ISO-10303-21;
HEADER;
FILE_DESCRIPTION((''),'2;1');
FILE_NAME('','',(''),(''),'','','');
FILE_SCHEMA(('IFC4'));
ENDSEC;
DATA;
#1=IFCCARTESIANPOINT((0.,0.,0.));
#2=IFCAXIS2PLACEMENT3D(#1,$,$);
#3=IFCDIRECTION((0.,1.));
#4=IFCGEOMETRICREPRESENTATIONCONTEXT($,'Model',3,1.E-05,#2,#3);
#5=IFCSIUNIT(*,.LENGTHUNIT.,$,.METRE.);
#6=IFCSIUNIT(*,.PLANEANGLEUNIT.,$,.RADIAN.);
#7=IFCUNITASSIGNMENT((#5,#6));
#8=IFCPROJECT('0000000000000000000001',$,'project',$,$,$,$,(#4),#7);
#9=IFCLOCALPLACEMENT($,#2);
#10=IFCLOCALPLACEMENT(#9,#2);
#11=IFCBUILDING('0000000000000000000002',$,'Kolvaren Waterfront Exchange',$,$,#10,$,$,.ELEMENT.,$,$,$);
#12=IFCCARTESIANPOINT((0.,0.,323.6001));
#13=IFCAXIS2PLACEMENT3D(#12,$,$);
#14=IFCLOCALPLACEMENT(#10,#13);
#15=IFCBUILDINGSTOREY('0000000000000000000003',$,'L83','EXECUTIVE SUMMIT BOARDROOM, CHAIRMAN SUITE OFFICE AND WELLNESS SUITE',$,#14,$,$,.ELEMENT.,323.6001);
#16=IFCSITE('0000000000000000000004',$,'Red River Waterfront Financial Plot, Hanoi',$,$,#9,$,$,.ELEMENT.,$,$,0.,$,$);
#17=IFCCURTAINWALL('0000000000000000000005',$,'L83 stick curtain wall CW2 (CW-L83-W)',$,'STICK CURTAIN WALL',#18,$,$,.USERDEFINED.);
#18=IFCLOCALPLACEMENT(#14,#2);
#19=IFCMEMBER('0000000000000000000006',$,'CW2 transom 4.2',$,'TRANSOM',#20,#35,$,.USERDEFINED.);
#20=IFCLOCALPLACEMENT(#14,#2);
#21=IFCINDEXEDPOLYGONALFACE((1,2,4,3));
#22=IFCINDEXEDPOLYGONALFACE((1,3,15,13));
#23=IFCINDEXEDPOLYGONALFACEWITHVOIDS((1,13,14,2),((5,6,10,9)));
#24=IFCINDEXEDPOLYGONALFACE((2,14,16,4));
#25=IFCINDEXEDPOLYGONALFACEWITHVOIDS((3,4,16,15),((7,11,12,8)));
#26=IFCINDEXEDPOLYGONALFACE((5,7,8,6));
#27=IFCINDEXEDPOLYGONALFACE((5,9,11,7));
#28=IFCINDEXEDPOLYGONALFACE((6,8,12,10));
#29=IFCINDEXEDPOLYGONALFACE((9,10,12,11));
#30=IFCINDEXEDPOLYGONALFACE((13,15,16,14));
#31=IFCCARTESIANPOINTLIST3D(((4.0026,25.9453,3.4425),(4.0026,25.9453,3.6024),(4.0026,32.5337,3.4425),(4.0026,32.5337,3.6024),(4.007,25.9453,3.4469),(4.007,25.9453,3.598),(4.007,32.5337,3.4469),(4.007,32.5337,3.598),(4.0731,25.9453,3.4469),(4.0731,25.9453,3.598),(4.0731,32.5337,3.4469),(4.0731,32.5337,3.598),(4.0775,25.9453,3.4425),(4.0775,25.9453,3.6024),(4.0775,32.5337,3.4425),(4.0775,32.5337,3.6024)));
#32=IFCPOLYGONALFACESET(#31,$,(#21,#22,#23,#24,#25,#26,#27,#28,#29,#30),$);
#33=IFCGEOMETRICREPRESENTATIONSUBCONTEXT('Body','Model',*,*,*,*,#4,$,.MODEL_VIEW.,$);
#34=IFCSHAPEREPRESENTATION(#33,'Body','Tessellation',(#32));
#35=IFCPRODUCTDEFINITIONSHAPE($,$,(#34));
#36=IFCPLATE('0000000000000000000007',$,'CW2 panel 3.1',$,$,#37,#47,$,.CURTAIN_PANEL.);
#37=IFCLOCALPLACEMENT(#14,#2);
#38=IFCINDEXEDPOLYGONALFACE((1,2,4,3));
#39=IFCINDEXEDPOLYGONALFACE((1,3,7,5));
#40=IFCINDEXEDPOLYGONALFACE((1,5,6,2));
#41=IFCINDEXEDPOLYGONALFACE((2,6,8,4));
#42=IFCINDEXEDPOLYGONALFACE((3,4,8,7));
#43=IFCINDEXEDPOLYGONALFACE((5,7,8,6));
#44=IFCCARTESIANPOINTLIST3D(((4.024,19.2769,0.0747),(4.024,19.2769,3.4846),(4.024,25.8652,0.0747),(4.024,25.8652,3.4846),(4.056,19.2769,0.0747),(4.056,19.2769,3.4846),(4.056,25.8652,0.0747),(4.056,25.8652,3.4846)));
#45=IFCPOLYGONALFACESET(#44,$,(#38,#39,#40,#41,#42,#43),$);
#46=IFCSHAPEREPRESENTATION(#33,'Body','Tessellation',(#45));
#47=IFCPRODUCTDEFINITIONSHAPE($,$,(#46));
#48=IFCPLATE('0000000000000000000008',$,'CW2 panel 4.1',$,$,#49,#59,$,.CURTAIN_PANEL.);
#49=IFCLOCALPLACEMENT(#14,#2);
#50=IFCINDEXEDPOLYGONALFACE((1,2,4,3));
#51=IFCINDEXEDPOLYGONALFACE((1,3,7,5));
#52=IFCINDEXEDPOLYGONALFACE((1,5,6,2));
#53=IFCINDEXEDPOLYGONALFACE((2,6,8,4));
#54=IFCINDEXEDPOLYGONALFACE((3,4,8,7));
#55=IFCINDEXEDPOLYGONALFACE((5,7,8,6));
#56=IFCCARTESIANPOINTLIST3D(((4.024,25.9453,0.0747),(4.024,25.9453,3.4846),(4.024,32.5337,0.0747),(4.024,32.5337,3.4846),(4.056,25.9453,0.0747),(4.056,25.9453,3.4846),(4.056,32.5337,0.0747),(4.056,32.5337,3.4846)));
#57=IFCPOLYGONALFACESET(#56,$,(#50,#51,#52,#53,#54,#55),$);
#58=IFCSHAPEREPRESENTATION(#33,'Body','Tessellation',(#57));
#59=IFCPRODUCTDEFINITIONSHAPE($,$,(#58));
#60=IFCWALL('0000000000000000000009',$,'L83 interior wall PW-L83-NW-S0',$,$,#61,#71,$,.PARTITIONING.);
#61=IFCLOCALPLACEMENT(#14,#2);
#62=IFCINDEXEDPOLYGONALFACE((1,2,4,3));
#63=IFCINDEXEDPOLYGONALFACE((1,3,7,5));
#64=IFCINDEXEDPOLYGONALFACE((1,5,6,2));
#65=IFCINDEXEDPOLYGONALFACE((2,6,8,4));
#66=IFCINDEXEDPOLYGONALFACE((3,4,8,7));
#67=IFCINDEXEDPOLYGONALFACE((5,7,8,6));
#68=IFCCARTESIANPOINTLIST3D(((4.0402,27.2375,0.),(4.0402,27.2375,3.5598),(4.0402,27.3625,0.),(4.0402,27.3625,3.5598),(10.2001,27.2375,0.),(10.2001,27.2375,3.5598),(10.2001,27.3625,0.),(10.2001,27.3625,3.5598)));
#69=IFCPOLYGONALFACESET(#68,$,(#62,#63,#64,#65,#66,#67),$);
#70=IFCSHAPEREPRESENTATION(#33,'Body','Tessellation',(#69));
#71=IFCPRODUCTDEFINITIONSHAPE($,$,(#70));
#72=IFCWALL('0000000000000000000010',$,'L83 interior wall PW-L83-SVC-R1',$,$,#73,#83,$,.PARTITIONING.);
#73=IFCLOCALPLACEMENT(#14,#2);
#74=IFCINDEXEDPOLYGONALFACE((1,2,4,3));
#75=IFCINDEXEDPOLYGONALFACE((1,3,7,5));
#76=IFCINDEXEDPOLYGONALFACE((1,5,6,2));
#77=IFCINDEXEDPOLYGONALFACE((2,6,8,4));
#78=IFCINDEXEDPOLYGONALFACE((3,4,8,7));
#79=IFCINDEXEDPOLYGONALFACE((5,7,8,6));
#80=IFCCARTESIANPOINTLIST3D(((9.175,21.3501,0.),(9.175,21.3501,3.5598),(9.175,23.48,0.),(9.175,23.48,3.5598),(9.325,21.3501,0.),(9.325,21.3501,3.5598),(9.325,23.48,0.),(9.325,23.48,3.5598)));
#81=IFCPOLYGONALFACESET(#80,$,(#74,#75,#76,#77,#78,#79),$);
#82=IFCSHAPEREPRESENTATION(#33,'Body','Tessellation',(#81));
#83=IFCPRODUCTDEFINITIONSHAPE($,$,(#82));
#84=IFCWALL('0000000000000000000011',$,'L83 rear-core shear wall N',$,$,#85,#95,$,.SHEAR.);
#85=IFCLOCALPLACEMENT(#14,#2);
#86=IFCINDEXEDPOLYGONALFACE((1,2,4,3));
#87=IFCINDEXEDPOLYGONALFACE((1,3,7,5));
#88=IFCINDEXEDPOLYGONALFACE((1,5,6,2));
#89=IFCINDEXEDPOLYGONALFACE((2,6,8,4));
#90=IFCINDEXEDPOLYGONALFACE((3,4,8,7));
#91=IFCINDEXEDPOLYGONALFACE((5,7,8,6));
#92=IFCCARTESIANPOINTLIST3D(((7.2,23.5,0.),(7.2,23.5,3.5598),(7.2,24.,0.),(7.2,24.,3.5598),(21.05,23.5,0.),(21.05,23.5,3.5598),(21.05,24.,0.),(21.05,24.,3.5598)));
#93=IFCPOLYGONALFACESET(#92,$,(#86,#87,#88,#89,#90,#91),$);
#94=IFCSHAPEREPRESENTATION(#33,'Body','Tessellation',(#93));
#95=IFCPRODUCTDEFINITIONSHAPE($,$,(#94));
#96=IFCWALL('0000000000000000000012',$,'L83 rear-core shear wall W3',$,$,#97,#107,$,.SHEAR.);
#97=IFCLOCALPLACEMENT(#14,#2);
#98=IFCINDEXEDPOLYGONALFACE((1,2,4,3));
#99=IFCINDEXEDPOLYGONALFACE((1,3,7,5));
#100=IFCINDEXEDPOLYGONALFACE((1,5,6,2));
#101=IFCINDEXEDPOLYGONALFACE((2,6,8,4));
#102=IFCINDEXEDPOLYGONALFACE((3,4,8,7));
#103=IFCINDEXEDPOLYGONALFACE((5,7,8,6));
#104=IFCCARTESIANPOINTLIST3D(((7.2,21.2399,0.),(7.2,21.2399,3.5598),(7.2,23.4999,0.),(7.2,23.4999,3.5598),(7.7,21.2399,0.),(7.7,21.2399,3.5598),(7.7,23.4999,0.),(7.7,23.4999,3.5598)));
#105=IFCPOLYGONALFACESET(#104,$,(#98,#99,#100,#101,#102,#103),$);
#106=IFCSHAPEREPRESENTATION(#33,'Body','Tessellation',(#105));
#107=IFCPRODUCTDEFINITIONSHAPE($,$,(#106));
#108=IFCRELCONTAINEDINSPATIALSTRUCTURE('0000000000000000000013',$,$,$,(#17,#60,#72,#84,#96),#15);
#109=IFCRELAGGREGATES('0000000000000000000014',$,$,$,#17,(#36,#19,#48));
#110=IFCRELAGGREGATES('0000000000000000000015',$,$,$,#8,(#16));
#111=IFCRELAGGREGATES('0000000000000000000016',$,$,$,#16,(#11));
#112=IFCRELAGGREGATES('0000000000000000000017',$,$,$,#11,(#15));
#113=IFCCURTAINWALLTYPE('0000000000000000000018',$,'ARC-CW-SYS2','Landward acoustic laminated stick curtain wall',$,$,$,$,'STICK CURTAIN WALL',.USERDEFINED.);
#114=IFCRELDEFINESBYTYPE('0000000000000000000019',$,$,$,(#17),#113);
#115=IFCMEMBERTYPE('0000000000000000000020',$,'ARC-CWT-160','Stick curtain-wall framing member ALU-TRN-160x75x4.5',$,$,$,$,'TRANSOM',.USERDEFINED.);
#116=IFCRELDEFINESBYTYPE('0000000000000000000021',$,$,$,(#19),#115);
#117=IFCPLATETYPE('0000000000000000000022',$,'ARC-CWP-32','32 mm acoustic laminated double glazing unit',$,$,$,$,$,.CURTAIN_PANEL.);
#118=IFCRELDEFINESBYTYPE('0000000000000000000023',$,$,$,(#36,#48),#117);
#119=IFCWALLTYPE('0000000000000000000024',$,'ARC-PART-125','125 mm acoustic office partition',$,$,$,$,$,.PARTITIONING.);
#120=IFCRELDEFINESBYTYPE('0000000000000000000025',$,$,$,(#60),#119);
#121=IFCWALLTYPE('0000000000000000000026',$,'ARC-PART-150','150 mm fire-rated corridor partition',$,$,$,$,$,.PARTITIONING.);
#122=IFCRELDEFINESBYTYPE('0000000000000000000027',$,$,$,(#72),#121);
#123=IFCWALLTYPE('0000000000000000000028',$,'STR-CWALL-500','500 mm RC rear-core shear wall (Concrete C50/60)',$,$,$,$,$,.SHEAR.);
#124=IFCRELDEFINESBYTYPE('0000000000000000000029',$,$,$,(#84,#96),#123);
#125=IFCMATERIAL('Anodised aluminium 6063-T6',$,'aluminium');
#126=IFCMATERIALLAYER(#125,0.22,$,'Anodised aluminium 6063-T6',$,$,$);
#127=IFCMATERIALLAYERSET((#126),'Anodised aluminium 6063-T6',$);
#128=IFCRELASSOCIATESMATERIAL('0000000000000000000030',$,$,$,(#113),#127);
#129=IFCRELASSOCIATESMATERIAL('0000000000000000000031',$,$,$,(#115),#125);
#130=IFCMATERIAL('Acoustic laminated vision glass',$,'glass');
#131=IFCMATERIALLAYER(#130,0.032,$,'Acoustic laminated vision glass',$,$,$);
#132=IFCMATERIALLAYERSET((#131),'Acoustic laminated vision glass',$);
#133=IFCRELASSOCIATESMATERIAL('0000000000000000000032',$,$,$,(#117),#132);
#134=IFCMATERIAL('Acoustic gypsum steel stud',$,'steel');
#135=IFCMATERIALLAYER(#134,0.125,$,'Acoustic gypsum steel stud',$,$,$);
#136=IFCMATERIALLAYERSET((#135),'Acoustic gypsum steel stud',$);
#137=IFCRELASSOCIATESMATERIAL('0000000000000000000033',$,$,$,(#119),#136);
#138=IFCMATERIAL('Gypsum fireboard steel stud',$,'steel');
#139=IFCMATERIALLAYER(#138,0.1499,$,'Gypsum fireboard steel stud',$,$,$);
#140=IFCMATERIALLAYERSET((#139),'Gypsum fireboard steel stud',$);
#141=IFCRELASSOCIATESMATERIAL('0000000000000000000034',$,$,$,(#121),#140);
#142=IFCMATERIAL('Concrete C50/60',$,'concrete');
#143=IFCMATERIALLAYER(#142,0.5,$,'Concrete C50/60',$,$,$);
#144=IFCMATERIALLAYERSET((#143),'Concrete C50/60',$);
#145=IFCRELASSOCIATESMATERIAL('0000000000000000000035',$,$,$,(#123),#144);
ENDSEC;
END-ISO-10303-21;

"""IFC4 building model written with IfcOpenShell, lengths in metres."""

from ifc_helpers import new_model, si_unit, direction, frame, frame_2d, origin, origin_with_axes, origin_2d, place, context, subcontext, project, spatial, rectangle, hollow_rectangle, extrude, source, transform, mapped, material, layer, layer_set, material_profile, profile_set, type_object, element, aggregate, save


model = new_model("IFC4")

# Units and contexts
model_context = context("Model", 3, precision=1e-05, world=origin(), true_north=direction((0.0, 1.0)))
body_context = subcontext(model_context, "Body", "Model", "MODEL_VIEW")
ifc_project = project(units=[si_unit("LENGTHUNIT", "METRE"), si_unit("PLANEANGLEUNIT", "RADIAN")], contexts=[model_context])

# Site, building, storey
site_placement = place(None, origin())
site = spatial("IfcSite", under=ifc_project, at=site_placement, Name="Red River Waterfront Financial Plot, Hanoi", CompositionType="ELEMENT", RefElevation=0.0)
building_placement = place(site_placement, origin())
building = spatial("IfcBuilding", under=site, at=building_placement, Name="Kolvaren Waterfront Exchange", CompositionType="ELEMENT")
storey_placement = place(building_placement, frame((0.0, 0.0, 323.6001)))
storey = spatial("IfcBuildingStorey", under=building, at=storey_placement, Name="L83", Description="EXECUTIVE SUMMIT BOARDROOM, CHAIRMAN SUITE OFFICE AND WELLNESS SUITE", CompositionType="ELEMENT", Elevation=323.6001)

# Shared definitions
ifc_material_1 = material(Name="Concrete C50/60", Category="concrete")

# Curtain wall, member, plates
ifc_material_2 = material(Name="Anodised aluminium 6063-T6", Category="aluminium")
ifc_layer_1 = layer(ifc_material_2, 0.22, Name="Anodised aluminium 6063-T6")
ifc_layer_set_1 = layer_set([ifc_layer_1], Name="Anodised aluminium 6063-T6")
curtain_wall_type = type_object("IfcCurtainWallType", Name="ARC-CW-SYS2", Description="Landward acoustic laminated stick curtain wall", ElementType="STICK CURTAIN WALL", PredefinedType="USERDEFINED", material=ifc_layer_set_1)
curtain_wall_placement = place(storey_placement, origin())
curtain_wall = element("IfcCurtainWall", 1, at=curtain_wall_placement, inside=storey, type_object=curtain_wall_type, Name="L83 stick curtain wall CW2 (CW-L83-W)", ObjectType="STICK CURTAIN WALL", PredefinedType="USERDEFINED")
ifc_material_profile_1 = material_profile(ifc_material_2, hollow_rectangle(XDim=0.075, YDim=0.1599, WallThickness=0.0044, at=origin_2d()), Name="ALU-TRN-160x75x4.5")
ifc_profile_set_1 = profile_set([ifc_material_profile_1], Name="Anodised aluminium 6063-T6")
member_type_1 = type_object("IfcMemberType", Name="ARC-CWT-160", Description="Stick curtain-wall framing member ALU-TRN-160x75x4.5", ElementType="TRANSOM", PredefinedType="USERDEFINED", material=ifc_profile_set_1)
shared_shape_1 = source(origin_with_axes(), body_context, "Body", "SweptSolid", [
    extrude(hollow_rectangle(XDim=0.075, YDim=0.1599, WallThickness=0.0044, at=origin_2d()), origin(), (0.0, 0.0, 1.0), 6.5884),
])
member_1_placement = place(storey_placement, frame((4.04, 25.9453, 3.5225), z_axis=(0.0, 1.0, 0.0), x_axis=(-1.0, 0.0, 0.0)))
member_1 = element("IfcMember", 2, at=member_1_placement, type_object=member_type_1, Name="CW2 transom 4.2", ObjectType="TRANSOM", PredefinedType="USERDEFINED", context=body_context, shape_type="MappedRepresentation", body=[
    mapped(shared_shape_1, transform((0.0, 0.0, 0.0), x_axis=(1.0, 0.0, 0.0), y_axis=(0.0, 1.0, 0.0), z_axis=(0.0, 0.0, 1.0), scale=1.0)),
])
ifc_material_3 = material(Name="Acoustic laminated vision glass", Category="glass")
ifc_layer_2 = layer(ifc_material_3, 0.032, Name="Acoustic laminated vision glass")
ifc_layer_set_2 = layer_set([ifc_layer_2], Name="Acoustic laminated vision glass")
plate_type = type_object("IfcPlateType", Name="ARC-CWP-32", Description="32 mm acoustic laminated double glazing unit", PredefinedType="CURTAIN_PANEL", material=ifc_layer_set_2)
shared_shape_2 = source(origin_with_axes(), body_context, "Body", "SweptSolid", [
    extrude(rectangle(XDim=6.5884, YDim=0.032, at=origin_2d()), origin(), (0.0, 0.0, 1.0), 3.4099),
])
plate_1_placement = place(storey_placement, frame((4.04, 22.571, 0.0747), z_axis=(0.0, 0.0, 1.0), x_axis=(0.0, 1.0, 0.0)))
plate_1 = element("IfcPlate", 3, at=plate_1_placement, type_object=plate_type, Name="CW2 panel 3.1", PredefinedType="CURTAIN_PANEL", context=body_context, shape_type="MappedRepresentation", body=[
    mapped(shared_shape_2, transform((0.0, 0.0, 0.0), x_axis=(1.0, 0.0, 0.0), y_axis=(0.0, 1.0, 0.0), z_axis=(0.0, 0.0, 1.0), scale=1.0)),
])
plate_2_placement = place(storey_placement, frame((4.04, 29.2395, 0.0747), z_axis=(0.0, 0.0, 1.0), x_axis=(0.0, 1.0, 0.0)))
plate_2 = element("IfcPlate", 4, at=plate_2_placement, type_object=plate_type, Name="CW2 panel 4.1", PredefinedType="CURTAIN_PANEL", context=body_context, shape_type="MappedRepresentation", body=[
    mapped(shared_shape_2, transform((0.0, 0.0, 0.0), x_axis=(1.0, 0.0, 0.0), y_axis=(0.0, 1.0, 0.0), z_axis=(0.0, 0.0, 1.0), scale=1.0)),
])
aggregate(curtain_wall, [plate_1, member_1, plate_2])

# Walls
ifc_material_4 = material(Name="Acoustic gypsum steel stud", Category="steel")
ifc_layer_3 = layer(ifc_material_4, 0.125, Name="Acoustic gypsum steel stud")
ifc_layer_set_3 = layer_set([ifc_layer_3], Name="Acoustic gypsum steel stud")
wall_type_1 = type_object("IfcWallType", Name="ARC-PART-125", Description="125 mm acoustic office partition", PredefinedType="PARTITIONING", material=ifc_layer_set_3)
wall_1_placement = place(storey_placement, frame((4.04, 27.3, 0.0), z_axis=(0.0, 0.0, 1.0), x_axis=(1.0, 0.0, 0.0)))
element("IfcWall", 5, at=wall_1_placement, inside=storey, type_object=wall_type_1, Name="L83 interior wall PW-L83-NW-S0", PredefinedType="PARTITIONING", context=body_context, shape_type="SweptSolid", body=[
    extrude(rectangle(XDim=6.1599, YDim=0.125, at=frame_2d((3.0801, 0.0))), origin(), (0.0, 0.0, 1.0), 3.5598),
])
ifc_material_5 = material(Name="Gypsum fireboard steel stud", Category="steel")
ifc_layer_4 = layer(ifc_material_5, 0.1499, Name="Gypsum fireboard steel stud")
ifc_layer_set_4 = layer_set([ifc_layer_4], Name="Gypsum fireboard steel stud")
wall_type_2 = type_object("IfcWallType", Name="ARC-PART-150", Description="150 mm fire-rated corridor partition", PredefinedType="PARTITIONING", material=ifc_layer_set_4)
wall_2_placement = place(storey_placement, frame((9.25, 21.3501, 0.0), z_axis=(0.0, 0.0, 1.0), x_axis=(0.0, 1.0, 0.0)))
element("IfcWall", 6, at=wall_2_placement, inside=storey, type_object=wall_type_2, Name="L83 interior wall PW-L83-SVC-R1", PredefinedType="PARTITIONING", context=body_context, shape_type="SweptSolid", body=[
    extrude(rectangle(XDim=2.1299, YDim=0.1499, at=frame_2d((1.0649, 0.0))), origin(), (0.0, 0.0, 1.0), 3.5598),
])

# Walls
ifc_layer_5 = layer(ifc_material_1, 0.5, Name="Concrete C50/60")
ifc_layer_set_5 = layer_set([ifc_layer_5], Name="Concrete C50/60")
wall_type_3 = type_object("IfcWallType", Name="STR-CWALL-500", Description="500 mm RC rear-core shear wall (Concrete C50/60)", PredefinedType="SHEAR", material=ifc_layer_set_5)
wall_3_placement = place(storey_placement, frame((7.2, 23.75, 0.0), z_axis=(0.0, 0.0, 1.0), x_axis=(1.0, 0.0, 0.0)))
element("IfcWall", 7, at=wall_3_placement, inside=storey, type_object=wall_type_3, Name="L83 rear-core shear wall N", PredefinedType="SHEAR", context=body_context, shape_type="SweptSolid", body=[
    extrude(rectangle(XDim=13.8501, YDim=0.5, at=frame_2d((6.925, 0.0))), origin(), (0.0, 0.0, 1.0), 3.5598),
])
wall_4_placement = place(storey_placement, frame((7.45, 21.24, 0.0), z_axis=(0.0, 0.0, 1.0), x_axis=(0.0, 1.0, 0.0)))
element("IfcWall", 8, at=wall_4_placement, inside=storey, type_object=wall_type_3, Name="L83 rear-core shear wall W3", PredefinedType="SHEAR", context=body_context, shape_type="SweptSolid", body=[
    extrude(rectangle(XDim=2.26, YDim=0.5, at=frame_2d((1.1299, 0.0))), origin(), (0.0, 0.0, 1.0), 3.5598),
])

save(model, "model.ifc")
